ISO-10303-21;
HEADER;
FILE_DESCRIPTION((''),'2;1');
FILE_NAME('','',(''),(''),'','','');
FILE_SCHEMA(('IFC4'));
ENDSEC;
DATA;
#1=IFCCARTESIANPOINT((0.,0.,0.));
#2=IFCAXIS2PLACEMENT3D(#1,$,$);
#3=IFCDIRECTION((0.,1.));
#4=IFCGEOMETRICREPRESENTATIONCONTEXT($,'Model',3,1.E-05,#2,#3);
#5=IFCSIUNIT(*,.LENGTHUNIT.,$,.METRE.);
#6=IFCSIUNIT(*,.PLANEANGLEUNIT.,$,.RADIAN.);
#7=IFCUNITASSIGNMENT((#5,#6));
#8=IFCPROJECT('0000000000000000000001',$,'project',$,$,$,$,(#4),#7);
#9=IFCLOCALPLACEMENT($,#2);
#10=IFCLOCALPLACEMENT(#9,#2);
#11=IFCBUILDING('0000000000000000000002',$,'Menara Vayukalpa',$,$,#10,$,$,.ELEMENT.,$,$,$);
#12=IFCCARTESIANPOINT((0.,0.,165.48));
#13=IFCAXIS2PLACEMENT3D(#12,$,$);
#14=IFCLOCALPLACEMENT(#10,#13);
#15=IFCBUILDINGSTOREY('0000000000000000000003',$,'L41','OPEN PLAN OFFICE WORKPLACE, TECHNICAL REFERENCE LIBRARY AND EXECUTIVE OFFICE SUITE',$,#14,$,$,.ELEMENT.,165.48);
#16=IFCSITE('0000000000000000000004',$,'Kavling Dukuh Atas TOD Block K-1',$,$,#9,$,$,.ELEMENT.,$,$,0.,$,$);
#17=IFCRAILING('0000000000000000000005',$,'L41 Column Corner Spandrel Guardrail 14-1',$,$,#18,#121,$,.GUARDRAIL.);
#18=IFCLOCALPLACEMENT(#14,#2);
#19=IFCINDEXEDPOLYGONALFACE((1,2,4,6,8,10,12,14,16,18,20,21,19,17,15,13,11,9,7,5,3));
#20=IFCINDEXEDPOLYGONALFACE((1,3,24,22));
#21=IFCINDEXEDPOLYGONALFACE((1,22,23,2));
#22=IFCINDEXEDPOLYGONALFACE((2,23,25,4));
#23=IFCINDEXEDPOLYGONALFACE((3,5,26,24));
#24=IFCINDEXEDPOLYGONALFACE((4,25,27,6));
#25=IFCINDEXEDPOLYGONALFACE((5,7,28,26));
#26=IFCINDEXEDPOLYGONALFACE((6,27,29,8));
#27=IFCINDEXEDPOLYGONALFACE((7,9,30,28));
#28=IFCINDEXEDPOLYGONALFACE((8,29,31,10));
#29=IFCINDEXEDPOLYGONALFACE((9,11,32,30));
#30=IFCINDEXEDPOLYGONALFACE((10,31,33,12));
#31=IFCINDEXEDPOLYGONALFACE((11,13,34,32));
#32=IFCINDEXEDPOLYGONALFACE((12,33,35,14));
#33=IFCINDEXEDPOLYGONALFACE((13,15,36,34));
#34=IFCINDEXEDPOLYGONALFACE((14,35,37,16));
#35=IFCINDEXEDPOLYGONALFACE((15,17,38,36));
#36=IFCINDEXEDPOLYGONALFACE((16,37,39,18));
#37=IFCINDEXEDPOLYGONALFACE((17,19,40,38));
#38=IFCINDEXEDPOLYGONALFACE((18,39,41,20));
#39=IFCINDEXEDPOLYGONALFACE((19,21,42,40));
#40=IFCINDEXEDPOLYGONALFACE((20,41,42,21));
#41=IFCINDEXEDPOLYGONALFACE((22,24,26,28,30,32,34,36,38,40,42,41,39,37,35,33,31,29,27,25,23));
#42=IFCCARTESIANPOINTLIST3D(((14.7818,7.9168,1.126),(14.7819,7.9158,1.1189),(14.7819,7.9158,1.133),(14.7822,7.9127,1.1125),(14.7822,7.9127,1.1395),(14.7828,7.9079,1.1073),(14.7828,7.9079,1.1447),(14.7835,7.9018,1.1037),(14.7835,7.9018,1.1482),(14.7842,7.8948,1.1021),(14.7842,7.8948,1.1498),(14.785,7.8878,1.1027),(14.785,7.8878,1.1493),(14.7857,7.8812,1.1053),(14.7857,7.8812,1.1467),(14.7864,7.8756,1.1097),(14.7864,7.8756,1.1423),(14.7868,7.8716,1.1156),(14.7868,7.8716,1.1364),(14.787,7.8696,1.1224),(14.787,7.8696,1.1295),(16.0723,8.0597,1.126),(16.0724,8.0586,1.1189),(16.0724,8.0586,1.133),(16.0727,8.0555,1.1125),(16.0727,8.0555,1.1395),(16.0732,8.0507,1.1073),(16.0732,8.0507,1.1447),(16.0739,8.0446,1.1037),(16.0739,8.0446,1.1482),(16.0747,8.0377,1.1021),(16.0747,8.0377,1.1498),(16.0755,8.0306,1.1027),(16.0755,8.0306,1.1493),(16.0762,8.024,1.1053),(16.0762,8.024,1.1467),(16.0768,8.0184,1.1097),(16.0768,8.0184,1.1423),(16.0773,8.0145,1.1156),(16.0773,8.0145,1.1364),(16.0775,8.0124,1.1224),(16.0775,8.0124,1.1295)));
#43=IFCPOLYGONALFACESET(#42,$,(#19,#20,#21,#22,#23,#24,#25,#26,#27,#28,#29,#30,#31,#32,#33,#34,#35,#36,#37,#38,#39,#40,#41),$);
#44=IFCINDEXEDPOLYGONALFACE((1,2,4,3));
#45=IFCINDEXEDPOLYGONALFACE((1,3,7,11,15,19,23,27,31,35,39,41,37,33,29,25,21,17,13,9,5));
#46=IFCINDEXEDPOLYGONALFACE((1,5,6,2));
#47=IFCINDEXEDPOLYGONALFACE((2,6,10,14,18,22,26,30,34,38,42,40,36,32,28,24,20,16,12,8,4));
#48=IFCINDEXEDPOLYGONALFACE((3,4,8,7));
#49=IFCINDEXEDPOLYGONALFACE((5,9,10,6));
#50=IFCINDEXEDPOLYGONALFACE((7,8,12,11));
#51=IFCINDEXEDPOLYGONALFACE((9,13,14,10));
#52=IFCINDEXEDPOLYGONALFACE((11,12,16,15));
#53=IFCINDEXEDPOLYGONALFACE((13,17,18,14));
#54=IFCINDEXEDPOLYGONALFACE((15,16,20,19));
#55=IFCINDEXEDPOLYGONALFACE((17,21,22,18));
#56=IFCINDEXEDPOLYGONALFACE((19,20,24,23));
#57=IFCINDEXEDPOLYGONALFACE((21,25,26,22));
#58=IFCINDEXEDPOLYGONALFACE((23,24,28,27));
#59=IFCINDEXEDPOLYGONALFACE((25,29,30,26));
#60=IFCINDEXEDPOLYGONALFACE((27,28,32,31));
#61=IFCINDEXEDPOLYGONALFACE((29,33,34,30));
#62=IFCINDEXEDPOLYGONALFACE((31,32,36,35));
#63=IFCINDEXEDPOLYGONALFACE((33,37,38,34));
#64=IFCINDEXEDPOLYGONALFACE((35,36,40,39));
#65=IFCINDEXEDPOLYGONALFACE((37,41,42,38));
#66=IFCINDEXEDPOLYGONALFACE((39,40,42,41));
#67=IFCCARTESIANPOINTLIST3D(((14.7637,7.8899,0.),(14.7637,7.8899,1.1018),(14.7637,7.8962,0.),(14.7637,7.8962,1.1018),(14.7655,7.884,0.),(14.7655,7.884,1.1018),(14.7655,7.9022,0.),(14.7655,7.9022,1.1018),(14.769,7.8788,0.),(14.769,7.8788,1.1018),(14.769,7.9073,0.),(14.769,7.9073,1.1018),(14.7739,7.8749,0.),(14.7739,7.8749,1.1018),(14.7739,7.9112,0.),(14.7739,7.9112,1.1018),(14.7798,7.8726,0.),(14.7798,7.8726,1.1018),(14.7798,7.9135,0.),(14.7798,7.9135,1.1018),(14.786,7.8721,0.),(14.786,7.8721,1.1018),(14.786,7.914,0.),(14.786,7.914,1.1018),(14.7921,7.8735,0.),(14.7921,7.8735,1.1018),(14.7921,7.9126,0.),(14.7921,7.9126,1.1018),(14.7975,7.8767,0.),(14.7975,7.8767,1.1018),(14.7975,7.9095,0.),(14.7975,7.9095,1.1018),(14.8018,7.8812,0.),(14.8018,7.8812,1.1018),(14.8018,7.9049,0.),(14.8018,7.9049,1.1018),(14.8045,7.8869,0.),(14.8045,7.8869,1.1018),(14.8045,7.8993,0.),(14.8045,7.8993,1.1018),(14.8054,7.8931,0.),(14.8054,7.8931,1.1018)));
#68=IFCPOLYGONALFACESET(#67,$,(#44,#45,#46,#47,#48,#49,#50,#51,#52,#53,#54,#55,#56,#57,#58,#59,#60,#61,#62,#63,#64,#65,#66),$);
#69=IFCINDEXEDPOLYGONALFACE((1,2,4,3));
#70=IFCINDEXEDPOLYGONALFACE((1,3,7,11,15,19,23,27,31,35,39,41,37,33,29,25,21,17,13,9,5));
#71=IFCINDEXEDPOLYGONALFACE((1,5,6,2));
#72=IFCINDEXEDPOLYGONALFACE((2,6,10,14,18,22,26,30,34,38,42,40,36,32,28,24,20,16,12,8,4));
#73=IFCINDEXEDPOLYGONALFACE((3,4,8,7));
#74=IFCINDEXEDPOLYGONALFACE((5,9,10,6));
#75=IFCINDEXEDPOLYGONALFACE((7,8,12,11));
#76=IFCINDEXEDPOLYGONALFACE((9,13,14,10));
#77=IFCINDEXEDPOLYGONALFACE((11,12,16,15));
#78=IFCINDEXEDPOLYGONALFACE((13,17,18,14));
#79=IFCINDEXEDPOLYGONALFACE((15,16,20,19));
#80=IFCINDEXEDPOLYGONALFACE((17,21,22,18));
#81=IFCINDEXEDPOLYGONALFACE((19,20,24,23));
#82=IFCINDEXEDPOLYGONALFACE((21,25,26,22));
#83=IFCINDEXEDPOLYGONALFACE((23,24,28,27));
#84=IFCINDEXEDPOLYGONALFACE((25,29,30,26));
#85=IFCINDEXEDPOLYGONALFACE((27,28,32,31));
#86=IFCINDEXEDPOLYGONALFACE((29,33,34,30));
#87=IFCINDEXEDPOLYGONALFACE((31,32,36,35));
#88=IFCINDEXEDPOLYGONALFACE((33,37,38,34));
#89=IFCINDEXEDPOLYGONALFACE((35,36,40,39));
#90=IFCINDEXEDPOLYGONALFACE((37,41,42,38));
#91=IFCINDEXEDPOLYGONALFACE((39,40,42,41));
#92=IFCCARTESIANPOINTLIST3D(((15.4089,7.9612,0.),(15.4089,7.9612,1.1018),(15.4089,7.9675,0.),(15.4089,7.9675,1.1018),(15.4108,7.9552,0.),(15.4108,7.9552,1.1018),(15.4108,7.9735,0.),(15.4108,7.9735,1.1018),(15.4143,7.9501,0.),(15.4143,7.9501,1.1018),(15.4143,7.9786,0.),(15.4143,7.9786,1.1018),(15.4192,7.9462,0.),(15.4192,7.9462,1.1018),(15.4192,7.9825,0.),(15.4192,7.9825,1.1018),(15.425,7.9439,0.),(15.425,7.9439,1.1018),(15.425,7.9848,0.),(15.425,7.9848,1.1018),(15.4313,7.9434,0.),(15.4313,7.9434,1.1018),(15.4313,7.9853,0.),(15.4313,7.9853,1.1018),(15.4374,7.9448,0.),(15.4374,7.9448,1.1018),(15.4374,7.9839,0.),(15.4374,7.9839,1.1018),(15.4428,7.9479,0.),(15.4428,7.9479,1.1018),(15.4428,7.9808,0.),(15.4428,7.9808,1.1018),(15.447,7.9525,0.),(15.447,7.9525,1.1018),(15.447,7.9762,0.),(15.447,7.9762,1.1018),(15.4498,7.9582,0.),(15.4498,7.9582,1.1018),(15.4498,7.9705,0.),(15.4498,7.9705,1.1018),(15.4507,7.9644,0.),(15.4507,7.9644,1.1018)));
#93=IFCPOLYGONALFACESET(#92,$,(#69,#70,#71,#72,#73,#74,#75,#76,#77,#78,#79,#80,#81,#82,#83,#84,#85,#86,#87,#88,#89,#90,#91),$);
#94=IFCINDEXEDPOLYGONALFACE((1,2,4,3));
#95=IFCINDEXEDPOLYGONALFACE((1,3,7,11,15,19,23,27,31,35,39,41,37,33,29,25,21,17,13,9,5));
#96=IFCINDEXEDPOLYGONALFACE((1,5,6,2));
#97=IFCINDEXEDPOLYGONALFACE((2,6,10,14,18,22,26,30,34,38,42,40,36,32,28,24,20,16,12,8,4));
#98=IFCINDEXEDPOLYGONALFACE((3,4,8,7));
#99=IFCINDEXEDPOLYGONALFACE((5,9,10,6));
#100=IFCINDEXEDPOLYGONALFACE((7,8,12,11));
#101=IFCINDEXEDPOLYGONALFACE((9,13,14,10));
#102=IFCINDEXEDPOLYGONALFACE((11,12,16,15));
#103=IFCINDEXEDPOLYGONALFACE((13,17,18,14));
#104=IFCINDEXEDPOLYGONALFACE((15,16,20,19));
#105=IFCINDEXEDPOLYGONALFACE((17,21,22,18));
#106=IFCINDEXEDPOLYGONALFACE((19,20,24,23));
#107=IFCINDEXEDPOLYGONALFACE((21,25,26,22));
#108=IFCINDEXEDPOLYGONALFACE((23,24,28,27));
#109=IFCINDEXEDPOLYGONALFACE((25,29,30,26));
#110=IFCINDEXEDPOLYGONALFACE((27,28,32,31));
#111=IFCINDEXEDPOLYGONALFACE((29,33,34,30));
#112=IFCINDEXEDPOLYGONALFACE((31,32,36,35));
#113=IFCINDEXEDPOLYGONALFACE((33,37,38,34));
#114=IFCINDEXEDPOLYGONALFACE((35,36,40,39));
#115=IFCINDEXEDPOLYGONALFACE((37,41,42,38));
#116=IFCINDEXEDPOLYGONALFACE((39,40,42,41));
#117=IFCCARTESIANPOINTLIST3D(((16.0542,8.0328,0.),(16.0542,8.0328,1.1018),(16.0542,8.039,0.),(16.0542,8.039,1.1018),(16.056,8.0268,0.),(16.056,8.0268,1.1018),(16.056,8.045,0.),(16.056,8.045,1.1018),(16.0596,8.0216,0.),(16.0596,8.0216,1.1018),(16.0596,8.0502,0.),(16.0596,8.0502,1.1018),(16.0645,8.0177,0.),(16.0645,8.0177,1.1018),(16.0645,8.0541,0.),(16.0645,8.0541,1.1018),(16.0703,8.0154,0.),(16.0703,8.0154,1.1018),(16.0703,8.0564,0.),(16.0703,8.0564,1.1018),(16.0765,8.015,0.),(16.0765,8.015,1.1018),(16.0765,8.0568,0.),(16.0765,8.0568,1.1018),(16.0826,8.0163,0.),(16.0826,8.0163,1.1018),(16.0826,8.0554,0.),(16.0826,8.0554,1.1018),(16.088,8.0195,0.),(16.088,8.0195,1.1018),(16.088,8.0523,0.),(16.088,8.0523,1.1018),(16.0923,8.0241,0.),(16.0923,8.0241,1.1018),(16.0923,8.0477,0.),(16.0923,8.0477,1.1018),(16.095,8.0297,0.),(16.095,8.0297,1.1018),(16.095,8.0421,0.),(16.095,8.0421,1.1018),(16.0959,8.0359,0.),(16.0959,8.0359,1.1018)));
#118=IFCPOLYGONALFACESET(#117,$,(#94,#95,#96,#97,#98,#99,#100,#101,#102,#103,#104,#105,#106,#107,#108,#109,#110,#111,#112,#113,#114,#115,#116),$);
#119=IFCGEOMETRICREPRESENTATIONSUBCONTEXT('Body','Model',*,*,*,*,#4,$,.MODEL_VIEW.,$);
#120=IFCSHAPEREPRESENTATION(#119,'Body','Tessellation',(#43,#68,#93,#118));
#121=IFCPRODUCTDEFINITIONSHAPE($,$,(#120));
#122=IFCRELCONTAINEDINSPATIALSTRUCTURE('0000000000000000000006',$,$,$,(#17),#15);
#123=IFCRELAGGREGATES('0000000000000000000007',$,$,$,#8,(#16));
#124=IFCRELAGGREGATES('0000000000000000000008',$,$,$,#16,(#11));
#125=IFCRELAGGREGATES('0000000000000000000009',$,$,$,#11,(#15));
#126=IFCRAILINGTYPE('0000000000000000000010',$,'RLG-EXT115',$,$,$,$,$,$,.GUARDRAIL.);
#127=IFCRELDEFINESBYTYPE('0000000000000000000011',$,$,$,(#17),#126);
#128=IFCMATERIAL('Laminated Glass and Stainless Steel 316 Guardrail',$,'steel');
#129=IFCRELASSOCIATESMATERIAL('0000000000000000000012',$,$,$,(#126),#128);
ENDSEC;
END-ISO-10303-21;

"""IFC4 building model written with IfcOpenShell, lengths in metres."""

from ifc_helpers import new_model, si_unit, direction, frame, origin, origin_2d, place, context, subcontext, project, spatial, circle, extrude, material, type_object, element, save


model = new_model("IFC4")

# Units and contexts
model_context = context("Model", 3, precision=1e-05, world=origin(), true_north=direction((0.0, 1.0)))
body_context = subcontext(model_context, "Body", "Model", "MODEL_VIEW")
ifc_project = project(units=[si_unit("LENGTHUNIT", "METRE"), si_unit("PLANEANGLEUNIT", "RADIAN")], contexts=[model_context])

# Site, building, storey
site_placement = place(None, origin())
site = spatial("IfcSite", under=ifc_project, at=site_placement, Name="Kavling Dukuh Atas TOD Block K-1", CompositionType="ELEMENT", RefElevation=0.0)
building_placement = place(site_placement, origin())
building = spatial("IfcBuilding", under=site, at=building_placement, Name="Menara Vayukalpa", CompositionType="ELEMENT")
storey_placement = place(building_placement, frame((0.0, 0.0, 165.48)))
storey = spatial("IfcBuildingStorey", under=building, at=storey_placement, Name="L41", Description="OPEN PLAN OFFICE WORKPLACE, TECHNICAL REFERENCE LIBRARY AND EXECUTIVE OFFICE SUITE", CompositionType="ELEMENT", Elevation=165.48)

# Railing
ifc_material_1 = material(Name="Laminated Glass and Stainless Steel 316 Guardrail", Category="steel")
railing_type = type_object("IfcRailingType", Name="RLG-EXT115", PredefinedType="GUARDRAIL", material=ifc_material_1)
railing_1_placement = place(storey_placement, frame((14.7844, 7.8931, 0.0)))
element("IfcRailing", 1, at=railing_1_placement, inside=storey, type_object=railing_type, Name="L41 Column Corner Spandrel Guardrail 14-1", PredefinedType="GUARDRAIL", context=body_context, shape_type="SweptSolid", body=[
    extrude(circle(Radius=0.0239, at=origin_2d()), frame((0.0, 0.0, 1.126), z_axis=(0.993932, 0.109998, 0.0), x_axis=(-0.109998, 0.993932, 0.0)), (0.0, 0.0, 1.0), 1.2983),
    extrude(circle(Radius=0.021, at=origin_2d()), origin(), (0.0, 0.0, 1.0), 1.1018),
    extrude(circle(Radius=0.021, at=origin_2d()), frame((0.6453, 0.0713, 0.0)), (0.0, 0.0, 1.0), 1.1018),
    extrude(circle(Radius=0.021, at=origin_2d()), frame((1.2905, 0.1428, 0.0)), (0.0, 0.0, 1.0), 1.1018),
])

save(model, "model.ifc")
